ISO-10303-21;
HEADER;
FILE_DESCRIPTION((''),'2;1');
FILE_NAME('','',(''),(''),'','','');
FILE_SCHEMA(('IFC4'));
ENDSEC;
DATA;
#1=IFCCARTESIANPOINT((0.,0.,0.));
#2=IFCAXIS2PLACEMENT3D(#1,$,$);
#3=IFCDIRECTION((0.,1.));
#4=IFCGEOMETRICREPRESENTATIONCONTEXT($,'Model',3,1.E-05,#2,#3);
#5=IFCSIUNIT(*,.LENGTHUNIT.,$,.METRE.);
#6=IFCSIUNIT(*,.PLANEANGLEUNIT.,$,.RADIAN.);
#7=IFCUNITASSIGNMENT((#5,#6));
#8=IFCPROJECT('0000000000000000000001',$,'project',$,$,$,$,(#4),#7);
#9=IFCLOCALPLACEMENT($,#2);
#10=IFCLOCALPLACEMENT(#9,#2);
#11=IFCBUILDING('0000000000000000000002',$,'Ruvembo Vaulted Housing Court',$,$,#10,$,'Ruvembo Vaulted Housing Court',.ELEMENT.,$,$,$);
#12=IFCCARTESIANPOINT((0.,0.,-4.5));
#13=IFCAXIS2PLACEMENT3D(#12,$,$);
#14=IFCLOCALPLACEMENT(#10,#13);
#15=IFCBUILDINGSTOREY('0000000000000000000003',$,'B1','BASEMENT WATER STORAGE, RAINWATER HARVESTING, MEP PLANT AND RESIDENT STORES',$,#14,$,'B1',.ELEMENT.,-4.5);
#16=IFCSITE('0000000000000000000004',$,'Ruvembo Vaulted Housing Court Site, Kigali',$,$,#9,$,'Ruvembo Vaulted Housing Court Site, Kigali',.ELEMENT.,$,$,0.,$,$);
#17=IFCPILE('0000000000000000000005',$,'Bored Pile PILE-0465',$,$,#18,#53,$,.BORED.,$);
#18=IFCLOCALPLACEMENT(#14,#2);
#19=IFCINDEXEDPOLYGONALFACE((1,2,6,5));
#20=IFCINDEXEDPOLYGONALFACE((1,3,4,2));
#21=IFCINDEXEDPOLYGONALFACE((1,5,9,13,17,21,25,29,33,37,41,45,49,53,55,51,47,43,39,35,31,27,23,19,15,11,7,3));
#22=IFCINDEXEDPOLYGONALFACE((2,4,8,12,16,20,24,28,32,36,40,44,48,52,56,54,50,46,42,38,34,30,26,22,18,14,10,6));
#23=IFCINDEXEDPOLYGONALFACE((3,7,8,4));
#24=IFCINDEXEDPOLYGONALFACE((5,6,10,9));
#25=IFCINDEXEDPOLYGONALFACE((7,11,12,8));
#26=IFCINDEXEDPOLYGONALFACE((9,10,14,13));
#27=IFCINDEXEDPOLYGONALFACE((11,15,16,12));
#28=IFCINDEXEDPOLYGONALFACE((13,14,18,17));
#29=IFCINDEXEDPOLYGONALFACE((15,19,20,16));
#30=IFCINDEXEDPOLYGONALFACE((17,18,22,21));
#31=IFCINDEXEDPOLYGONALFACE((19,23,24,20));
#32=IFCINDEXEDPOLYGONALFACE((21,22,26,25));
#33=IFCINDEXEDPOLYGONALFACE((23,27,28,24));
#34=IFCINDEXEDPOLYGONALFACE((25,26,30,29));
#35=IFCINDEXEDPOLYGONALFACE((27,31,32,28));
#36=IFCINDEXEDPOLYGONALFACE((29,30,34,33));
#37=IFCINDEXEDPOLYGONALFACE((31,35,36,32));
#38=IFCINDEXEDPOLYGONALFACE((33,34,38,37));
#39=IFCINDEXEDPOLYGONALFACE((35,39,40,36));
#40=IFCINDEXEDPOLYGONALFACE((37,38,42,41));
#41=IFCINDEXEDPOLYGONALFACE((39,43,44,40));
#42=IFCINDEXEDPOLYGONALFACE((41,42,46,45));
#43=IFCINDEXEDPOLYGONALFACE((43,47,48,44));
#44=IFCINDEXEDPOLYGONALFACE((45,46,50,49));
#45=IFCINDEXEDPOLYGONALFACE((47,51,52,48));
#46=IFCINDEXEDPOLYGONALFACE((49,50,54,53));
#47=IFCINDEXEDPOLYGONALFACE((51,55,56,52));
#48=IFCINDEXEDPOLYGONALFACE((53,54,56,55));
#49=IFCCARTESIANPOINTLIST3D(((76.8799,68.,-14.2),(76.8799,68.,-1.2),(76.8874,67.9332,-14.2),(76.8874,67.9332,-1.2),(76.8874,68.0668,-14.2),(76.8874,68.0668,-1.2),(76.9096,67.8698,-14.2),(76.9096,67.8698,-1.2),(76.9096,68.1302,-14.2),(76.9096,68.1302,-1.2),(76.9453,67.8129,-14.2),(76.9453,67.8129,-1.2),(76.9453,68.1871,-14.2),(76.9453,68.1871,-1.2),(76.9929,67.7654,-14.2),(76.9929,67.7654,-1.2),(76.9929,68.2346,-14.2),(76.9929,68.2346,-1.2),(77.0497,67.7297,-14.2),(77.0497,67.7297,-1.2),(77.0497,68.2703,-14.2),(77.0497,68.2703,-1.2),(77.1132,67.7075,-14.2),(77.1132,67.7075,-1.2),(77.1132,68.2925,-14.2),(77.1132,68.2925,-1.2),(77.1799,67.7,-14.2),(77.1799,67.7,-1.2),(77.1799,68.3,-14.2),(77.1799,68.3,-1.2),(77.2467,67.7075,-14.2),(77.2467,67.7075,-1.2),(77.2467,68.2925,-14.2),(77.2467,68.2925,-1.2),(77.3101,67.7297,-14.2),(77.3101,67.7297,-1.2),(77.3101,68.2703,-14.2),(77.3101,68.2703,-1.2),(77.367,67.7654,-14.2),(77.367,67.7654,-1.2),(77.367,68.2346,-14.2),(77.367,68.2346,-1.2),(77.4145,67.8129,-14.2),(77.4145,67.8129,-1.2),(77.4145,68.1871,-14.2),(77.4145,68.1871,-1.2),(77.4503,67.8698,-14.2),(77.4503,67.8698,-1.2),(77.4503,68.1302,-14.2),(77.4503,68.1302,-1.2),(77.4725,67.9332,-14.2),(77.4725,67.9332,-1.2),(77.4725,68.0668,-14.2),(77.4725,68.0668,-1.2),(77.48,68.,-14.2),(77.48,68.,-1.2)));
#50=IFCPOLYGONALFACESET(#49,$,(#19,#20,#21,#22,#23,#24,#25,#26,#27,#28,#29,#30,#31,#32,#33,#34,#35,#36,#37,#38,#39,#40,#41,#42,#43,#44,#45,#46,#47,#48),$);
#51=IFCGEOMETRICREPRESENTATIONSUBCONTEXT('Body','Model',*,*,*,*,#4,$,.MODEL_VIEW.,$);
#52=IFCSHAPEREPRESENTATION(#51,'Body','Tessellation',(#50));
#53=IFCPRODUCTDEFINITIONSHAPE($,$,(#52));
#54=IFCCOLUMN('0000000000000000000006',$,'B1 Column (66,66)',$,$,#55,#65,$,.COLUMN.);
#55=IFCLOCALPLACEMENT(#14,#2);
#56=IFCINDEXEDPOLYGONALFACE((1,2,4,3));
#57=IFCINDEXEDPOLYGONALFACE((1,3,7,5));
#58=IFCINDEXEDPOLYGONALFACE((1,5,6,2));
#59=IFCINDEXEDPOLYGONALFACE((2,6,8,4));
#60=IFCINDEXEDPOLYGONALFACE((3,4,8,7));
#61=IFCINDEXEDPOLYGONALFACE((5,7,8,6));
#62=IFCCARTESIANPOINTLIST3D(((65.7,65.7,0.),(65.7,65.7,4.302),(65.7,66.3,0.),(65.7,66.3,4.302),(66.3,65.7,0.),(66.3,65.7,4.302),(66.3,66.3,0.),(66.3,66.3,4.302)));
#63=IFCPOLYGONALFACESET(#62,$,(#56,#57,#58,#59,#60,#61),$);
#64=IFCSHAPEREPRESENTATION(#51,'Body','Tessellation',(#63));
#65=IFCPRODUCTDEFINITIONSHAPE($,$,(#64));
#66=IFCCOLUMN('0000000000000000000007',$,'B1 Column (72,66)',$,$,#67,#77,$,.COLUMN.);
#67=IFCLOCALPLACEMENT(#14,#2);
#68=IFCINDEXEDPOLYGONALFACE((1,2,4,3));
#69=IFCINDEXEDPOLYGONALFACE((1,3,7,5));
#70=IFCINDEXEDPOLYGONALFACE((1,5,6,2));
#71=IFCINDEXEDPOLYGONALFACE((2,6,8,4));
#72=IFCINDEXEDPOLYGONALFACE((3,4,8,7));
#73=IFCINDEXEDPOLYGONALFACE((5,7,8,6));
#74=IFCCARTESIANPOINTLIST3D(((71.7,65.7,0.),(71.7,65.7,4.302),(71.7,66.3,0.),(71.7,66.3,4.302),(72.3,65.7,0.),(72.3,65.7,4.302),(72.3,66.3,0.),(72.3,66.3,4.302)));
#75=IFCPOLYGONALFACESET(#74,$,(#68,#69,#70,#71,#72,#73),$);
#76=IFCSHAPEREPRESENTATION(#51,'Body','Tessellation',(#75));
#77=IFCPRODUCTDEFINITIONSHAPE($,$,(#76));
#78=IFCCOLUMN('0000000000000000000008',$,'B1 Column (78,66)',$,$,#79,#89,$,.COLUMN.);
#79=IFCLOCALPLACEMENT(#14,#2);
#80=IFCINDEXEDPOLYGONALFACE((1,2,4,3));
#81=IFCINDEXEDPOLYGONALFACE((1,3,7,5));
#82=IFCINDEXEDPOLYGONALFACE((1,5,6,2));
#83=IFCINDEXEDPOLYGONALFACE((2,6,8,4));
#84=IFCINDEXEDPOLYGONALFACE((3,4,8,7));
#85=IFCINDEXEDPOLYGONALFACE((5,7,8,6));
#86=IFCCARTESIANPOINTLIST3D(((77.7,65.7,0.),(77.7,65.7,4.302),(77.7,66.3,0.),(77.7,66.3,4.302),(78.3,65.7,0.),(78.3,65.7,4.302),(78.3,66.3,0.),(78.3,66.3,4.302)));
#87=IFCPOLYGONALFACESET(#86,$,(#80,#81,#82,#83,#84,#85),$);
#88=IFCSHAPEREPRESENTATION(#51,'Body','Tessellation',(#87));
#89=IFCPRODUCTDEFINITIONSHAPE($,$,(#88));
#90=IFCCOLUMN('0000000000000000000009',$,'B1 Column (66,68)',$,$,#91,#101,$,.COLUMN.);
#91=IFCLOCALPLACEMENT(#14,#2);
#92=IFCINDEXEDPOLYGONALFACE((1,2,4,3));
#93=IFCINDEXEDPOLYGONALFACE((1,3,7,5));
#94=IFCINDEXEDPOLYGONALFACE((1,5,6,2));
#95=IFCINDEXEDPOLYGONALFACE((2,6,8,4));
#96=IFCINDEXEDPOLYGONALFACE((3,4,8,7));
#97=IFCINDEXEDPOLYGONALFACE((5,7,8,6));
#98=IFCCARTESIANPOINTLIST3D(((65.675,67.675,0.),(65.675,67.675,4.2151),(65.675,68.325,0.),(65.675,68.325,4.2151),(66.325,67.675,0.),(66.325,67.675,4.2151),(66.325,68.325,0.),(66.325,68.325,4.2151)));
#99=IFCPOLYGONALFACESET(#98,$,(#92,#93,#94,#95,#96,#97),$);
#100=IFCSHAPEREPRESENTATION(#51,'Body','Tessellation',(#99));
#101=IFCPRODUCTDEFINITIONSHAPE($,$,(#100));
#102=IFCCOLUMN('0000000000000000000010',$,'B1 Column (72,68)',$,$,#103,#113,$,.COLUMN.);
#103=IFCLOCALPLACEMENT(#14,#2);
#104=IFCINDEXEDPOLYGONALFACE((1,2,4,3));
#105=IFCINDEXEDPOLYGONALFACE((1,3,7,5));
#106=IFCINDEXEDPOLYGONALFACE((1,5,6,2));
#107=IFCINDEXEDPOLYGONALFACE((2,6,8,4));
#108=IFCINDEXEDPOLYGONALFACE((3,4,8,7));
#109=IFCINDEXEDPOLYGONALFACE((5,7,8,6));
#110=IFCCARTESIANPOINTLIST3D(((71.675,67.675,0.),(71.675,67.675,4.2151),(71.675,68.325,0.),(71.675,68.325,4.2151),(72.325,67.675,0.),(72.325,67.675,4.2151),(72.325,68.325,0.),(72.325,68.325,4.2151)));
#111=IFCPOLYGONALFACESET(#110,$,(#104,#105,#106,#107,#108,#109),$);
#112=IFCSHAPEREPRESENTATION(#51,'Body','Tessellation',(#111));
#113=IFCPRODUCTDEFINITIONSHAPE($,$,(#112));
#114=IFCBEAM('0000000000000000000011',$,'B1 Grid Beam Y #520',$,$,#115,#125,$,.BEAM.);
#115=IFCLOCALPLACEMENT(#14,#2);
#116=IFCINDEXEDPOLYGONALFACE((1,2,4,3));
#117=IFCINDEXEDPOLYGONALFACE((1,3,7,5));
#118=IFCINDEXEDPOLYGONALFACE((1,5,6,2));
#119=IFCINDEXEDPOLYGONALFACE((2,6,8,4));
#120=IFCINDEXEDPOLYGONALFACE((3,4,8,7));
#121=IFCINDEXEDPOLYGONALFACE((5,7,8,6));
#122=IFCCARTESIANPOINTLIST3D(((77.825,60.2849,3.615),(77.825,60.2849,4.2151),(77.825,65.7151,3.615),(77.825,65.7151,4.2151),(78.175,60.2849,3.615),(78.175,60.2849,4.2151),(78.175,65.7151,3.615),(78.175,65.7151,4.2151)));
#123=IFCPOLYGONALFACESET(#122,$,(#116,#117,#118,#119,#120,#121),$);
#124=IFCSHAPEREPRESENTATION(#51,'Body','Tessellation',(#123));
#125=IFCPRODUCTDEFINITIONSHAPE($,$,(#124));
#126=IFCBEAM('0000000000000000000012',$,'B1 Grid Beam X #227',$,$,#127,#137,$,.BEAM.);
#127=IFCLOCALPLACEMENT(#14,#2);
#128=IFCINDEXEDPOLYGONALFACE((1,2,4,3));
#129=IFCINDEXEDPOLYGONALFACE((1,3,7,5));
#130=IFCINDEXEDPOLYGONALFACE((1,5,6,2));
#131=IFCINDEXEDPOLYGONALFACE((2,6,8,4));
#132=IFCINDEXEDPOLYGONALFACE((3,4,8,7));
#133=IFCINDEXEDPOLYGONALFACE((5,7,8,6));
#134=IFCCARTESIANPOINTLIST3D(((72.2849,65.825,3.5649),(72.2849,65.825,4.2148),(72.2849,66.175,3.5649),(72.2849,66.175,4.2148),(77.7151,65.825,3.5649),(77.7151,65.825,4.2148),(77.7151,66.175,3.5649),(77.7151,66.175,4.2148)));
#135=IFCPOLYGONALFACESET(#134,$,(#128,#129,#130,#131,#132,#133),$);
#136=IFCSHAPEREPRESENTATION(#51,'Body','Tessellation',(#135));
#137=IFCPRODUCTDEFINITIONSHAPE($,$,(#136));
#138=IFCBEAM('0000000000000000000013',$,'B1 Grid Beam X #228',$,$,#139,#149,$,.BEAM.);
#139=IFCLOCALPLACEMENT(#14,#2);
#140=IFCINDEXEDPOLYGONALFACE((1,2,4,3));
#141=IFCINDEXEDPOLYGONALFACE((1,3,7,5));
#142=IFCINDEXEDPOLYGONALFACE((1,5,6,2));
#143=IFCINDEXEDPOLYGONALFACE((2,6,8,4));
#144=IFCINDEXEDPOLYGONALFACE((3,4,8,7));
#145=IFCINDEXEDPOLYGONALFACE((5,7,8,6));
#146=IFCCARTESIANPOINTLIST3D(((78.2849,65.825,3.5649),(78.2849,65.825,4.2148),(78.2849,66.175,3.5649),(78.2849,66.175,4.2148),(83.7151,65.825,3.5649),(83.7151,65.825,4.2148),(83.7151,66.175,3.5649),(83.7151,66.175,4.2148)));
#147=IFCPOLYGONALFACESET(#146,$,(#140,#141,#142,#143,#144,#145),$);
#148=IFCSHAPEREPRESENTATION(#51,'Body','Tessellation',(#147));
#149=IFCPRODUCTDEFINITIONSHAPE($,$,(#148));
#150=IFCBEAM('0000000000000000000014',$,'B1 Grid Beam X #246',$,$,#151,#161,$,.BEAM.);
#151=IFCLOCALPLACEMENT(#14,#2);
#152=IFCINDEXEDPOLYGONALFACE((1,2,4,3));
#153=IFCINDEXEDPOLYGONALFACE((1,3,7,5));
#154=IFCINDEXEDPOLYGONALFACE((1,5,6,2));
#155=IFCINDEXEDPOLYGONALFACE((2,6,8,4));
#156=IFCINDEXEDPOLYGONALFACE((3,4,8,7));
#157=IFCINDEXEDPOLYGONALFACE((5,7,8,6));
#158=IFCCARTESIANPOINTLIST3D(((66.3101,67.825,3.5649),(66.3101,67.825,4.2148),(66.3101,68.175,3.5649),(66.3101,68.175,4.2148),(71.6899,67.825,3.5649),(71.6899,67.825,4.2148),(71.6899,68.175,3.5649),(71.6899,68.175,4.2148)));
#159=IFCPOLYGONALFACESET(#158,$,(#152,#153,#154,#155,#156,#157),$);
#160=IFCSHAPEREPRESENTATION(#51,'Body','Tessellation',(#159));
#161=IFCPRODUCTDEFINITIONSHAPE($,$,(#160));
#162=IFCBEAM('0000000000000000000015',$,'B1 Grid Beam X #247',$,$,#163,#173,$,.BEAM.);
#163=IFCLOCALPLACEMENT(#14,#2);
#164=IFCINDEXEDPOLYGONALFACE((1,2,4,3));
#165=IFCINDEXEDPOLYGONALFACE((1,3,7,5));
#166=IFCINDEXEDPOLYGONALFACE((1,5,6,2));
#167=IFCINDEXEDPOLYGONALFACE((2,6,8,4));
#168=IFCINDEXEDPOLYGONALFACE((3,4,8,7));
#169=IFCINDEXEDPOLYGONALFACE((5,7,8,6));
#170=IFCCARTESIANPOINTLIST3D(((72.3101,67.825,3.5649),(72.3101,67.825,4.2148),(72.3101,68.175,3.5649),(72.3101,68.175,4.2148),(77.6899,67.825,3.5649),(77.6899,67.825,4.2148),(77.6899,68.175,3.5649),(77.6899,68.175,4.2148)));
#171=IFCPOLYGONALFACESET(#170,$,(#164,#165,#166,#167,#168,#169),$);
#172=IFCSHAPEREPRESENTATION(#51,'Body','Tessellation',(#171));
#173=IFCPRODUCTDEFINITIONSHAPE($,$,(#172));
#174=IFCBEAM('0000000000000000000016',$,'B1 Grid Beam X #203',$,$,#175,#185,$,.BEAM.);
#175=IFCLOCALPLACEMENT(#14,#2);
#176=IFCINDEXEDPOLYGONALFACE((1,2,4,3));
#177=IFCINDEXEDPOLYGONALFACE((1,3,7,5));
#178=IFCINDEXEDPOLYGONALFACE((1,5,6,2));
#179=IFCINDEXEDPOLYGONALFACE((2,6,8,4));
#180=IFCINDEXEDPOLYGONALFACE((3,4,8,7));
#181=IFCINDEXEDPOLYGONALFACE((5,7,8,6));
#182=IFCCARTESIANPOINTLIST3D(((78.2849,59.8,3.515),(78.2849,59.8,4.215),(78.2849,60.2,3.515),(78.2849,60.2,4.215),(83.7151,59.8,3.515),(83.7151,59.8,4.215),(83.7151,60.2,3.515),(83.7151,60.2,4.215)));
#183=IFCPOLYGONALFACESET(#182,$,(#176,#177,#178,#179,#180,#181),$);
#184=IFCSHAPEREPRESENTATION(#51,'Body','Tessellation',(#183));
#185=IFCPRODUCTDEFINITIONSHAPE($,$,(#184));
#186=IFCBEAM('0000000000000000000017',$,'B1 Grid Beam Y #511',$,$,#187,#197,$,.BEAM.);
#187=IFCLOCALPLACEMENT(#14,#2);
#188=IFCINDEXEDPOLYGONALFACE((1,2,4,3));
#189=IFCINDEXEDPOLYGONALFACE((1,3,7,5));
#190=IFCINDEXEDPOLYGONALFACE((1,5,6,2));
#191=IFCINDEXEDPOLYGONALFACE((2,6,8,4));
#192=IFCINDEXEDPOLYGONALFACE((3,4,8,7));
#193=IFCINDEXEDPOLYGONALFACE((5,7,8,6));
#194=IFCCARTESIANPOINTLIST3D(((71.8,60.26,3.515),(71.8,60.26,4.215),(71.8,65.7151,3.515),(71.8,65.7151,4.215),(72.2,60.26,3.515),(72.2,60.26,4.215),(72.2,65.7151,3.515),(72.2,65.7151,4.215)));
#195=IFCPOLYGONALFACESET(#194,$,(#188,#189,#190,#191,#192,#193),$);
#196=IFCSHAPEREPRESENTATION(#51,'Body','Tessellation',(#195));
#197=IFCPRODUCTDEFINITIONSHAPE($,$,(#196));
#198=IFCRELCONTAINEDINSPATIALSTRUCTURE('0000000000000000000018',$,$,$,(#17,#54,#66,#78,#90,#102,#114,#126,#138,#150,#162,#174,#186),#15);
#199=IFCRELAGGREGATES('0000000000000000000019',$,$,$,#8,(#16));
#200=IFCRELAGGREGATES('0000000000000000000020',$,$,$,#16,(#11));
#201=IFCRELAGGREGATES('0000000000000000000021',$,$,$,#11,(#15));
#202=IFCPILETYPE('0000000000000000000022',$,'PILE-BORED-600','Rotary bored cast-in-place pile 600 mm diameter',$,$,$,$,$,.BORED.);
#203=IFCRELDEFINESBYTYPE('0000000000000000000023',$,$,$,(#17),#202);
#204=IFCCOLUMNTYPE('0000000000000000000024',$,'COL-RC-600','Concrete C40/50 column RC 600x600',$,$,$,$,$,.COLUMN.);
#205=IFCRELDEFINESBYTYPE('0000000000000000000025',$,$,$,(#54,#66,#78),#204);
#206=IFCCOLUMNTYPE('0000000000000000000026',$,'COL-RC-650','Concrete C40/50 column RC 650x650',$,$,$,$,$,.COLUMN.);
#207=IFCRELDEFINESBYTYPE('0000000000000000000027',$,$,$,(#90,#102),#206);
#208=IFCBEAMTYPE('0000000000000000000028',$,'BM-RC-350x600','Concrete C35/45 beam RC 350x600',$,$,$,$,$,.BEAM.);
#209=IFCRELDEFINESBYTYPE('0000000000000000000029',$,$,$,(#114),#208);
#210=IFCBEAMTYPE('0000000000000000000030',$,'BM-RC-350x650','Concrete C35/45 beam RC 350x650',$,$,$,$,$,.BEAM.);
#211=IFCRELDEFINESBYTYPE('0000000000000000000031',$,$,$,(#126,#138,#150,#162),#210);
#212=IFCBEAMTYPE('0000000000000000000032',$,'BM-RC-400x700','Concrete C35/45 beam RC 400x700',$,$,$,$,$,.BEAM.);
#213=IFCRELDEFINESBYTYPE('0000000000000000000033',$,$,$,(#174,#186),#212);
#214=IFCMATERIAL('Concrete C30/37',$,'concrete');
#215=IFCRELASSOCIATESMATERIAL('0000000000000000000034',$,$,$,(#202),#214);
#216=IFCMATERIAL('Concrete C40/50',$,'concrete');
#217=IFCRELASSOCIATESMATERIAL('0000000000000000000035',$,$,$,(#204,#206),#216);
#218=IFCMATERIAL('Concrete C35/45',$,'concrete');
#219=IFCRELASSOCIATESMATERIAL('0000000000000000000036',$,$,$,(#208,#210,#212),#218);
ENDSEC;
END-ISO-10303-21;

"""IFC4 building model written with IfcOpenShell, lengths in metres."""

from ifc_helpers import new_model, si_unit, direction, frame, origin, origin_2d, place, context, subcontext, project, spatial, rectangle, circle, extrude, material, material_profile, profile_set, type_object, element, save


model = new_model("IFC4")

# Units and contexts
model_context = context("Model", 3, precision=1e-05, world=origin(), true_north=direction((0.0, 1.0)))
body_context = subcontext(model_context, "Body", "Model", "MODEL_VIEW")
ifc_project = project(units=[si_unit("LENGTHUNIT", "METRE"), si_unit("PLANEANGLEUNIT", "RADIAN")], contexts=[model_context])

# Site, building, storey
site_placement = place(None, origin())
site = spatial("IfcSite", under=ifc_project, at=site_placement, Name="Ruvembo Vaulted Housing Court Site, Kigali", LongName="Ruvembo Vaulted Housing Court Site, Kigali", CompositionType="ELEMENT", RefElevation=0.0)
building_placement = place(site_placement, origin())
building = spatial("IfcBuilding", under=site, at=building_placement, Name="Ruvembo Vaulted Housing Court", LongName="Ruvembo Vaulted Housing Court", CompositionType="ELEMENT")
storey_placement = place(building_placement, frame((0.0, 0.0, -4.5)))
storey = spatial("IfcBuildingStorey", under=building, at=storey_placement, Name="B1", Description="BASEMENT WATER STORAGE, RAINWATER HARVESTING, MEP PLANT AND RESIDENT STORES", LongName="B1", CompositionType="ELEMENT", Elevation=-4.5)

# Shared definitions
ifc_material_1 = material(Name="Concrete C35/45", Category="concrete")

# Pile
ifc_material_2 = material(Name="Concrete C30/37", Category="concrete")
ifc_material_profile_1 = material_profile(ifc_material_2, circle(Radius=0.3, at=origin_2d()), Name="PILE D600")
ifc_profile_set_1 = profile_set([ifc_material_profile_1], Name="Concrete C30/37")
pile_type = type_object("IfcPileType", Name="PILE-BORED-600", Description="Rotary bored cast-in-place pile 600 mm diameter", PredefinedType="BORED", material=ifc_profile_set_1)
for number, where, z_axis, x_axis, name in (
    (1, (77.1799, 68.0, -1.2), (0.0, 0.0, -1.0), (1.0, 0.0, 0.0), "Bored Pile PILE-0465"),
):
    element("IfcPile", number, at=place(storey_placement, frame(where, z_axis=z_axis, x_axis=x_axis)), inside=storey, type_object=pile_type, Name=name, PredefinedType="BORED", context=body_context, shape_type="SweptSolid", body=[
        extrude(circle(Radius=0.3, at=origin_2d()), origin(), (0.0, 0.0, 1.0), 13.0),
    ])

# Columns
ifc_material_3 = material(Name="Concrete C40/50", Category="concrete")
ifc_material_profile_2 = material_profile(ifc_material_3, rectangle(XDim=0.6001, YDim=0.6001, at=origin_2d()), Name="RC 600x600")
ifc_profile_set_2 = profile_set([ifc_material_profile_2], Name="Concrete C40/50")
column_type_1 = type_object("IfcColumnType", Name="COL-RC-600", Description="Concrete C40/50 column RC 600x600", PredefinedType="COLUMN", material=ifc_profile_set_2)
for number, where, z_axis, x_axis, name in (
    (2, (66.0, 66.0, 0.0), (0.0, 0.0, 1.0), (1.0, 0.0, 0.0), "B1 Column (66,66)"),
    (3, (72.0, 66.0, 0.0), (0.0, 0.0, 1.0), (1.0, 0.0, 0.0), "B1 Column (72,66)"),
    (4, (78.0, 66.0, 0.0), (0.0, 0.0, 1.0), (1.0, 0.0, 0.0), "B1 Column (78,66)"),
):
    element("IfcColumn", number, at=place(storey_placement, frame(where, z_axis=z_axis, x_axis=x_axis)), inside=storey, type_object=column_type_1, Name=name, PredefinedType="COLUMN", context=body_context, shape_type="SweptSolid", body=[
        extrude(rectangle(XDim=0.6001, YDim=0.6001, at=origin_2d()), origin(), (0.0, 0.0, 1.0), 4.302),
    ])
ifc_material_profile_3 = material_profile(ifc_material_3, rectangle(XDim=0.6499, YDim=0.6499, at=origin_2d()), Name="RC 650x650")
ifc_profile_set_3 = profile_set([ifc_material_profile_3], Name="Concrete C40/50")
column_type_2 = type_object("IfcColumnType", Name="COL-RC-650", Description="Concrete C40/50 column RC 650x650", PredefinedType="COLUMN", material=ifc_profile_set_3)
for number, where, z_axis, x_axis, name in (
    (5, (66.0, 68.0, 0.0), (0.0, 0.0, 1.0), (1.0, 0.0, 0.0), "B1 Column (66,68)"),
    (6, (72.0, 68.0, 0.0), (0.0, 0.0, 1.0), (1.0, 0.0, 0.0), "B1 Column (72,68)"),
):
    element("IfcColumn", number, at=place(storey_placement, frame(where, z_axis=z_axis, x_axis=x_axis)), inside=storey, type_object=column_type_2, Name=name, PredefinedType="COLUMN", context=body_context, shape_type="SweptSolid", body=[
        extrude(rectangle(XDim=0.6499, YDim=0.6499, at=origin_2d()), origin(), (0.0, 0.0, 1.0), 4.2151),
    ])

# Beams
ifc_material_profile_4 = material_profile(ifc_material_1, rectangle(XDim=0.3501, YDim=0.6001, at=origin_2d()), Name="RC 350x600")
ifc_profile_set_4 = profile_set([ifc_material_profile_4], Name="Concrete C35/45")
beam_type_1 = type_object("IfcBeamType", Name="BM-RC-350x600", Description="Concrete C35/45 beam RC 350x600", PredefinedType="BEAM", material=ifc_profile_set_4)
beam_1_placement = place(storey_placement, frame((78.0, 60.2849, 3.915), z_axis=(0.0, 1.0, 0.0), x_axis=(-1.0, 0.0, 0.0)))
element("IfcBeam", 7, at=beam_1_placement, inside=storey, type_object=beam_type_1, Name="B1 Grid Beam Y #520", PredefinedType="BEAM", context=body_context, shape_type="SweptSolid", body=[
    extrude(rectangle(XDim=0.3501, YDim=0.6001, at=origin_2d()), origin(), (0.0, 0.0, 1.0), 5.4302),
])
ifc_material_profile_5 = material_profile(ifc_material_1, rectangle(XDim=0.3501, YDim=0.6499, at=origin_2d()), Name="RC 350x650")
ifc_profile_set_5 = profile_set([ifc_material_profile_5], Name="Concrete C35/45")
beam_type_2 = type_object("IfcBeamType", Name="BM-RC-350x650", Description="Concrete C35/45 beam RC 350x650", PredefinedType="BEAM", material=ifc_profile_set_5)
for number, where, z_axis, x_axis, name in (
    (8, (72.2849, 66.0, 3.8899), (1.0, 0.0, 0.0), (0.0, 1.0, 0.0), "B1 Grid Beam X #227"),
    (9, (78.2849, 66.0, 3.8899), (1.0, 0.0, 0.0), (0.0, 1.0, 0.0), "B1 Grid Beam X #228"),
):
    element("IfcBeam", number, at=place(storey_placement, frame(where, z_axis=z_axis, x_axis=x_axis)), inside=storey, type_object=beam_type_2, Name=name, PredefinedType="BEAM", context=body_context, shape_type="SweptSolid", body=[
        extrude(rectangle(XDim=0.3501, YDim=0.6499, at=origin_2d()), origin(), (0.0, 0.0, 1.0), 5.4302),
    ])
for number, where, z_axis, x_axis, name in (
    (10, (66.3101, 68.0, 3.8899), (1.0, 0.0, 0.0), (0.0, 1.0, 0.0), "B1 Grid Beam X #246"),
    (11, (72.3101, 68.0, 3.8899), (1.0, 0.0, 0.0), (0.0, 1.0, 0.0), "B1 Grid Beam X #247"),
):
    element("IfcBeam", number, at=place(storey_placement, frame(where, z_axis=z_axis, x_axis=x_axis)), inside=storey, type_object=beam_type_2, Name=name, PredefinedType="BEAM", context=body_context, shape_type="SweptSolid", body=[
        extrude(rectangle(XDim=0.3501, YDim=0.6499, at=origin_2d()), origin(), (0.0, 0.0, 1.0), 5.3799),
    ])
ifc_material_profile_6 = material_profile(ifc_material_1, rectangle(XDim=0.3999, YDim=0.7, at=origin_2d()), Name="RC 400x700")
ifc_profile_set_6 = profile_set([ifc_material_profile_6], Name="Concrete C35/45")
beam_type_3 = type_object("IfcBeamType", Name="BM-RC-400x700", Description="Concrete C35/45 beam RC 400x700", PredefinedType="BEAM", material=ifc_profile_set_6)
beam_2_placement = place(storey_placement, frame((78.2849, 60.0, 3.865), z_axis=(1.0, 0.0, 0.0), x_axis=(0.0, 1.0, 0.0)))
element("IfcBeam", 12, at=beam_2_placement, inside=storey, type_object=beam_type_3, Name="B1 Grid Beam X #203", PredefinedType="BEAM", context=body_context, shape_type="SweptSolid", body=[
    extrude(rectangle(XDim=0.3999, YDim=0.7, at=origin_2d()), origin(), (0.0, 0.0, 1.0), 5.4302),
])
beam_3_placement = place(storey_placement, frame((72.0, 60.26, 3.865), z_axis=(0.0, 1.0, 0.0), x_axis=(-1.0, 0.0, 0.0)))
element("IfcBeam", 13, at=beam_3_placement, inside=storey, type_object=beam_type_3, Name="B1 Grid Beam Y #511", PredefinedType="BEAM", context=body_context, shape_type="SweptSolid", body=[
    extrude(rectangle(XDim=0.3999, YDim=0.7, at=origin_2d()), origin(), (0.0, 0.0, 1.0), 5.4551),
])

save(model, "model.ifc")
